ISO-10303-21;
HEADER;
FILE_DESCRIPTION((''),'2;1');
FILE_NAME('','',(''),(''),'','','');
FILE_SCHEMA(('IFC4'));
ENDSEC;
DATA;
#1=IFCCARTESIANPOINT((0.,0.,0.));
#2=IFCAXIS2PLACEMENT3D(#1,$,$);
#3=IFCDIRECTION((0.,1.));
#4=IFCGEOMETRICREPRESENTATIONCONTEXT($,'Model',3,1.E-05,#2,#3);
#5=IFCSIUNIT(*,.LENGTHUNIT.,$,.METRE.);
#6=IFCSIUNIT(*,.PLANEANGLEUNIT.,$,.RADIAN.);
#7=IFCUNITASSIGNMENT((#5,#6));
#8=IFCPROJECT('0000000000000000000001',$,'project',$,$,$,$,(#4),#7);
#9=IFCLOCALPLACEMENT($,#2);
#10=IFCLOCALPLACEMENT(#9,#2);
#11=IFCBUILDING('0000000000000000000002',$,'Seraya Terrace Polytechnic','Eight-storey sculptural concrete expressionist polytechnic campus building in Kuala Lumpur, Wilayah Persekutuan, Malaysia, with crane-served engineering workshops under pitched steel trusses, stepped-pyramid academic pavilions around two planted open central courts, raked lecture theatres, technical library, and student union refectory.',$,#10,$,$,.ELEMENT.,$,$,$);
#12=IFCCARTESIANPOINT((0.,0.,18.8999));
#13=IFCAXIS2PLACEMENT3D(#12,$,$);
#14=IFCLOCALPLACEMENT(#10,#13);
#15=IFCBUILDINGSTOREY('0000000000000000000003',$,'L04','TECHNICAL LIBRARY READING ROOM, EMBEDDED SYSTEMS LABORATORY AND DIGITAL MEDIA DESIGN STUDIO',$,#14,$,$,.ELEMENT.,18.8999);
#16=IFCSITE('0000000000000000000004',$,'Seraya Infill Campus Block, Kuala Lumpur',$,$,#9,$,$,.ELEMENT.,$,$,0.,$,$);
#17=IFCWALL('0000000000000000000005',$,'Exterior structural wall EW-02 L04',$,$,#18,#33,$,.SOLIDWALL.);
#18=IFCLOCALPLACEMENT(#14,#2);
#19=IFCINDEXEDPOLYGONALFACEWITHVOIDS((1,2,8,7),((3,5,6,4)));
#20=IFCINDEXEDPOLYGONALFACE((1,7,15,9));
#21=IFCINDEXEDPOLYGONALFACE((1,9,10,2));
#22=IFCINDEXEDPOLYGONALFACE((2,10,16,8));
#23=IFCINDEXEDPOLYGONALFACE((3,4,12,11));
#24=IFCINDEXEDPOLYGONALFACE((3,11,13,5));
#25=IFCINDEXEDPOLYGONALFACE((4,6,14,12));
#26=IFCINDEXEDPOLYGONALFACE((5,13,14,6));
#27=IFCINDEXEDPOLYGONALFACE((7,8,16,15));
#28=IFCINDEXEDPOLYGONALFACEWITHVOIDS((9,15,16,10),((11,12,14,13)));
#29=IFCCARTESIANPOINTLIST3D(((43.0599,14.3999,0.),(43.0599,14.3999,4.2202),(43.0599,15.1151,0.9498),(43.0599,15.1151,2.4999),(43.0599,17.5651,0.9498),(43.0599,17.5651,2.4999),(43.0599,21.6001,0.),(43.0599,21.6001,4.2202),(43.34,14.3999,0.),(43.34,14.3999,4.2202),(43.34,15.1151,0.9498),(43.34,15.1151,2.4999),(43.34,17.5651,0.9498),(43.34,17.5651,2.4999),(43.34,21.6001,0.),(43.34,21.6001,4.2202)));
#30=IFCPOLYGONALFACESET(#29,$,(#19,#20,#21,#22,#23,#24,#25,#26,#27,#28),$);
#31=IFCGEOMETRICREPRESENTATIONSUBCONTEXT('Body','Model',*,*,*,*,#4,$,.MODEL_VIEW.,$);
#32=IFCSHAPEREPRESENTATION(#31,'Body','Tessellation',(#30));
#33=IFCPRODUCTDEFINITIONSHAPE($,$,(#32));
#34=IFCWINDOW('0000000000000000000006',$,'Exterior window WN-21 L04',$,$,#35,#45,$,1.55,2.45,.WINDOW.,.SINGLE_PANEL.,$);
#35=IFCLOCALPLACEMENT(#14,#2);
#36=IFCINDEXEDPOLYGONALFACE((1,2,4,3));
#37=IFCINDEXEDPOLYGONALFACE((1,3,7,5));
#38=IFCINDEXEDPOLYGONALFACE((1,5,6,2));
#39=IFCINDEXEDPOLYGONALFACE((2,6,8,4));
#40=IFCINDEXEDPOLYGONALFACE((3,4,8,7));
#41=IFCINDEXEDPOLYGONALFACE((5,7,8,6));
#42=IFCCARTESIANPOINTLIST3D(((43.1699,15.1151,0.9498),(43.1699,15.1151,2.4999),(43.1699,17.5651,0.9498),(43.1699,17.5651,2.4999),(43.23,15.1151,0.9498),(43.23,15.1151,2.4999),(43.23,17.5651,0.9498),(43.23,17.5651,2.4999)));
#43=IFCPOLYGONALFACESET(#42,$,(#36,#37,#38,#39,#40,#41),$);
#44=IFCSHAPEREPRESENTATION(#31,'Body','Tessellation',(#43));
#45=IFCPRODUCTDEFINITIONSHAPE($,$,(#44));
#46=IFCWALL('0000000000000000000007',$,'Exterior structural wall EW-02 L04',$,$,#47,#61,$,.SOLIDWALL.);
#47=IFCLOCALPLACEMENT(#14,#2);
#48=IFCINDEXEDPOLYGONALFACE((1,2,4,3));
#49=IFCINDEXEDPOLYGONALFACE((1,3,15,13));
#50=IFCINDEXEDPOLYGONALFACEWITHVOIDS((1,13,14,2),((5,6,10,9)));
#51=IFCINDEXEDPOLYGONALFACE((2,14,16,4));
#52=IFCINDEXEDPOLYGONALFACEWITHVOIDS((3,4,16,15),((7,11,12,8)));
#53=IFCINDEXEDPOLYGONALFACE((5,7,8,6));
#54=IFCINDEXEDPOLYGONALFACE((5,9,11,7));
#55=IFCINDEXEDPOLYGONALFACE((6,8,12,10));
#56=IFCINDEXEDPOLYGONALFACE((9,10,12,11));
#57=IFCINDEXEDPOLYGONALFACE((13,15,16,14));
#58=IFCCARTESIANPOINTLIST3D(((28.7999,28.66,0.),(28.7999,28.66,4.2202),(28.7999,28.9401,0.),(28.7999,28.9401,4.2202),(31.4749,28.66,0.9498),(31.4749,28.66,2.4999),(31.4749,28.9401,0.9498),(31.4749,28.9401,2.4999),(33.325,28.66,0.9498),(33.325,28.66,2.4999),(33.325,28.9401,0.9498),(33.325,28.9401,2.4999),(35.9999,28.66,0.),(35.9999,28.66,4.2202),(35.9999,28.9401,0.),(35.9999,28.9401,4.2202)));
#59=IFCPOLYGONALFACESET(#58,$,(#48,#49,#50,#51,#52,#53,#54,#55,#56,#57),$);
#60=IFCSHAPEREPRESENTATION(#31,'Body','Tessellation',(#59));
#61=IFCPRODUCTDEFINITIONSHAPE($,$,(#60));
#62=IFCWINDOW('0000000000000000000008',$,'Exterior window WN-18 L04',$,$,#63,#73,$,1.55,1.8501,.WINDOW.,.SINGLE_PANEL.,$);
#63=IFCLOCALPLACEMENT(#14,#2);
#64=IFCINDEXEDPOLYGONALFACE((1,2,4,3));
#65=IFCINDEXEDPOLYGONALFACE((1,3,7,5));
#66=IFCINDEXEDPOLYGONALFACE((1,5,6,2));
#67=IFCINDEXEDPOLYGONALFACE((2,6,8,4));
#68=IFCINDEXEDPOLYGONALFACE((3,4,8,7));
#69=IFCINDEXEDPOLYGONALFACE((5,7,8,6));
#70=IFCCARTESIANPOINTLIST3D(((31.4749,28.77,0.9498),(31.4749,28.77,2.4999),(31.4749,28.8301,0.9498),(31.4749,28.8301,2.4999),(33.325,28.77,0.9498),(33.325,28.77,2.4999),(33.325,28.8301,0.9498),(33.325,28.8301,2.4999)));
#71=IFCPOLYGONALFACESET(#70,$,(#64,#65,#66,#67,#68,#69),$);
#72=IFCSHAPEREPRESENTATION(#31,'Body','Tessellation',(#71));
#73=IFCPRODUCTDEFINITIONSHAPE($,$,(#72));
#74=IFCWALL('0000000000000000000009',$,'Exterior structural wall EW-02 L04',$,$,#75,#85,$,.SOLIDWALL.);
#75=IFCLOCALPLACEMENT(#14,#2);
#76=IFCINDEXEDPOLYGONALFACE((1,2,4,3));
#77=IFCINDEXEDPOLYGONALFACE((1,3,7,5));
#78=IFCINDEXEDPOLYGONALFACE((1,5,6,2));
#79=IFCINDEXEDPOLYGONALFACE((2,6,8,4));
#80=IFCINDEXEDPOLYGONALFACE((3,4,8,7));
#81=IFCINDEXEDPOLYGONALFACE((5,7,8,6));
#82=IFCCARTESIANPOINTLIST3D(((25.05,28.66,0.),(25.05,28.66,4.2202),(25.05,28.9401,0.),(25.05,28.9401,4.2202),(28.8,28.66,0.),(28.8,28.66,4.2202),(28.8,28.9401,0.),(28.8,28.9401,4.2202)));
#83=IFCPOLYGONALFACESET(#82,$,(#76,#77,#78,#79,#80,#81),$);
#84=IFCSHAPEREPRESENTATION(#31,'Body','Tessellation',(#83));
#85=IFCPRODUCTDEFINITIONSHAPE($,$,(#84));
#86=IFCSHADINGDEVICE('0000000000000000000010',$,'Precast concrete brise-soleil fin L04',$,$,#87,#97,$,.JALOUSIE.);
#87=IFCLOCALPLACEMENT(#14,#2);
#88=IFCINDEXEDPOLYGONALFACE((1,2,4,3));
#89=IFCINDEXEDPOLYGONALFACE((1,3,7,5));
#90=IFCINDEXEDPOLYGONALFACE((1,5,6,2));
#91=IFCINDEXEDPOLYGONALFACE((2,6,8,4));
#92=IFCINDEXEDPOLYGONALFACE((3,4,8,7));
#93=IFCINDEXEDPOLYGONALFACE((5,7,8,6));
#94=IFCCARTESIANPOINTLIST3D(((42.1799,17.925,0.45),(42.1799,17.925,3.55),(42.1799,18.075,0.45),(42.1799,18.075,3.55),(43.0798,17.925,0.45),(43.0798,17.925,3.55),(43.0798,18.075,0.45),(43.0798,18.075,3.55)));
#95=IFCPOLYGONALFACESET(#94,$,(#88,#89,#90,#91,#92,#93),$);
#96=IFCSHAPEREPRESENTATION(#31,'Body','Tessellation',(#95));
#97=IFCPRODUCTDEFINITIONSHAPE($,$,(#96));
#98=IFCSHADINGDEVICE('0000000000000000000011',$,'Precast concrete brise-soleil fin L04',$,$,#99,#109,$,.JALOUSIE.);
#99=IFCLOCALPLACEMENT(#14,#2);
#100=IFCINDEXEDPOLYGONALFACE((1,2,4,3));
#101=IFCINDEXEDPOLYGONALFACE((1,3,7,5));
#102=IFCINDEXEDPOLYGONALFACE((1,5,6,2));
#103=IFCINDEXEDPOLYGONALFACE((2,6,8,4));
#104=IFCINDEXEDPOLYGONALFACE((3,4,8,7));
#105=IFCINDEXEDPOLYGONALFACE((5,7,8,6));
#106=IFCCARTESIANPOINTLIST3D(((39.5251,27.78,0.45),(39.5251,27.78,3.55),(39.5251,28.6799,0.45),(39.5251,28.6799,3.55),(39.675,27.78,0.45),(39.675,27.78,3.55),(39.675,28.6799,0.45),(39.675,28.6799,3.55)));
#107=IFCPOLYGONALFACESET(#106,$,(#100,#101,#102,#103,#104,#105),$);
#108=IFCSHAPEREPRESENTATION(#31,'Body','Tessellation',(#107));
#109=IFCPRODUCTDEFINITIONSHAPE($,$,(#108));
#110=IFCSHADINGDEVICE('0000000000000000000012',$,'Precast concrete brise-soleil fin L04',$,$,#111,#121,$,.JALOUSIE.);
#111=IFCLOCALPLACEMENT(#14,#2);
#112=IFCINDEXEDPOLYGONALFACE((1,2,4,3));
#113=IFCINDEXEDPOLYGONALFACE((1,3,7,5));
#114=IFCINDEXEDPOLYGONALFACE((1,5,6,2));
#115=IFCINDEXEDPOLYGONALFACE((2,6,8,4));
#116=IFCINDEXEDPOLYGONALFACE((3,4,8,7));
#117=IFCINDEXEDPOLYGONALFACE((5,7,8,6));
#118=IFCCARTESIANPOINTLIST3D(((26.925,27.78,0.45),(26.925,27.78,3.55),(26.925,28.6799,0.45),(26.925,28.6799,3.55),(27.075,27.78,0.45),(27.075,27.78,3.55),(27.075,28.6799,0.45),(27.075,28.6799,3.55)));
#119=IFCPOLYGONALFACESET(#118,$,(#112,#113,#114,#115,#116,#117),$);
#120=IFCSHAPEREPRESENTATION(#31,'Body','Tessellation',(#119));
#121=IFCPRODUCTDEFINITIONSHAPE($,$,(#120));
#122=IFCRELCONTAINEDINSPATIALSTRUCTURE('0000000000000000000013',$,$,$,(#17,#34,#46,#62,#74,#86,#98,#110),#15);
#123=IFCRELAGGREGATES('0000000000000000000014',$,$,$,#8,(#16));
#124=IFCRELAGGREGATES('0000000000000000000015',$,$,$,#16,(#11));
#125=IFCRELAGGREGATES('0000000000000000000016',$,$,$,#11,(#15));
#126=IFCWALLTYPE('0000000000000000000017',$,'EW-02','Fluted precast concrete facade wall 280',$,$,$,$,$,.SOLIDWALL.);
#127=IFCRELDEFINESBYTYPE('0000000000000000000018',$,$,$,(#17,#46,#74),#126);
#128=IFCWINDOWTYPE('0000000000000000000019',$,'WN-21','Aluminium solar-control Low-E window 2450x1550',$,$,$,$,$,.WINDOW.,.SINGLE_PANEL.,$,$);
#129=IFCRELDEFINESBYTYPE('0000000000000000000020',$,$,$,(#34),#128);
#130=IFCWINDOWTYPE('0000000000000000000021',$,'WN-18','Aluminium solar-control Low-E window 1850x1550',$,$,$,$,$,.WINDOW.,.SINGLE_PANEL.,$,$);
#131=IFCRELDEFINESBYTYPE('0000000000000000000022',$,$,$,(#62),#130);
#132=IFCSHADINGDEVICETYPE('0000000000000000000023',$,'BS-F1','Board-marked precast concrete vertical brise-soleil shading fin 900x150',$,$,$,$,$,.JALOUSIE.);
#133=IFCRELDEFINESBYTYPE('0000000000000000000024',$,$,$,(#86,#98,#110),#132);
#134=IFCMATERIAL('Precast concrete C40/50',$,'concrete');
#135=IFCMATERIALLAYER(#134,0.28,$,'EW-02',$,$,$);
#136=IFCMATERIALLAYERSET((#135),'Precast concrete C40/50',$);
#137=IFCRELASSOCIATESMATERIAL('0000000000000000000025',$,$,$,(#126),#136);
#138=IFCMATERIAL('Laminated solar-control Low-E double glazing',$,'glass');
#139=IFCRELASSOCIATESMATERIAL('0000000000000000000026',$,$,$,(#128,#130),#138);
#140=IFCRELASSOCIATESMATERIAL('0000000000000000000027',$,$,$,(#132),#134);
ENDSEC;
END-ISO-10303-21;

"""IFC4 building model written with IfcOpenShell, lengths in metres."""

from ifc_helpers import new_model, si_unit, direction, frame, frame_2d, origin, origin_2d, place, context, subcontext, project, spatial, rectangle, extrude, material, layer, layer_set, type_object, element, fill, save


model = new_model("IFC4")

# Units and contexts
model_context = context("Model", 3, precision=1e-05, world=origin(), true_north=direction((0.0, 1.0)))
body_context = subcontext(model_context, "Body", "Model", "MODEL_VIEW")
ifc_project = project(units=[si_unit("LENGTHUNIT", "METRE"), si_unit("PLANEANGLEUNIT", "RADIAN")], contexts=[model_context])

# Site, building, storey
site_placement = place(None, origin())
site = spatial("IfcSite", under=ifc_project, at=site_placement, Name="Seraya Infill Campus Block, Kuala Lumpur", CompositionType="ELEMENT", RefElevation=0.0)
building_placement = place(site_placement, origin())
building = spatial("IfcBuilding", under=site, at=building_placement, Name="Seraya Terrace Polytechnic", Description="Eight-storey sculptural concrete expressionist polytechnic campus building in Kuala Lumpur, Wilayah Persekutuan, Malaysia, with crane-served engineering workshops under pitched steel trusses, stepped-pyramid academic pavilions around two planted open central courts, raked lecture theatres, technical library, and student union refectory.", CompositionType="ELEMENT")
storey_placement = place(building_placement, frame((0.0, 0.0, 18.8999)))
storey = spatial("IfcBuildingStorey", under=building, at=storey_placement, Name="L04", Description="TECHNICAL LIBRARY READING ROOM, EMBEDDED SYSTEMS LABORATORY AND DIGITAL MEDIA DESIGN STUDIO", CompositionType="ELEMENT", Elevation=18.8999)

# Walls, openings, windows
ifc_material_1 = material(Name="Precast concrete C40/50", Category="concrete")
ifc_layer = layer(ifc_material_1, 0.28, Name="EW-02")
ifc_layer_set = layer_set([ifc_layer], Name="Precast concrete C40/50")
wall_type = type_object("IfcWallType", Name="EW-02", Description="Fluted precast concrete facade wall 280", PredefinedType="SOLIDWALL", material=ifc_layer_set)
wall_1_placement = place(storey_placement, frame((43.2, 14.3999, 0.0), z_axis=(0.0, 0.0, 1.0), x_axis=(0.0, 1.0, 0.0)))
wall_1 = element("IfcWall", 1, at=wall_1_placement, inside=storey, type_object=wall_type, Name="Exterior structural wall EW-02 L04", PredefinedType="SOLIDWALL", context=body_context, shape_type="SweptSolid", body=[
    extrude(rectangle(XDim=7.2002, YDim=0.28, at=frame_2d((3.6001, 0.0))), origin(), (0.0, 0.0, 1.0), 4.2202),
])
opening_1_placement = place(wall_1_placement, frame((0.7151, 0.0, 0.95)))
opening_1 = element("IfcOpeningElement", 2, at=opening_1_placement, cuts=wall_1, PredefinedType="OPENING", context=body_context, shape_type="SweptSolid", body=[
    extrude(rectangle(XDim=2.45, YDim=1.55, at=frame_2d((1.2251, 0.7749))), frame((0.0, 0.1519, 0.0), z_axis=(0.0, -1.0, 0.0), x_axis=(1.0, 0.0, 0.0)), (0.0, 0.0, 1.0), 0.304),
])
ifc_material_2 = material(Name="Laminated solar-control Low-E double glazing", Category="glass")
window_type_1 = type_object("IfcWindowType", Name="WN-21", Description="Aluminium solar-control Low-E window 2450x1550", PartitioningType="SINGLE_PANEL", PredefinedType="WINDOW", material=ifc_material_2)
window_1_placement = place(opening_1_placement, origin())
window_1 = element("IfcWindow", 3, at=window_1_placement, inside=storey, type_object=window_type_1, Name="Exterior window WN-21 L04", OverallHeight=1.55, OverallWidth=2.45, PartitioningType="SINGLE_PANEL", PredefinedType="WINDOW", context=body_context, shape_type="SweptSolid", body=[
    extrude(rectangle(XDim=2.45, YDim=1.55, at=frame_2d((1.2251, 0.7749))), frame((0.0, 0.03, 0.0), z_axis=(0.0, -1.0, 0.0), x_axis=(1.0, 0.0, 0.0)), (0.0, 0.0, 1.0), 0.0601),
])
fill(opening_1, window_1)
wall_2_placement = place(storey_placement, frame((36.0, 28.8, 0.0), z_axis=(0.0, 0.0, 1.0), x_axis=(-1.0, 0.0, 0.0)))
wall_2 = element("IfcWall", 4, at=wall_2_placement, inside=storey, type_object=wall_type, Name="Exterior structural wall EW-02 L04", PredefinedType="SOLIDWALL", context=body_context, shape_type="SweptSolid", body=[
    extrude(rectangle(XDim=7.2, YDim=0.28, at=frame_2d((3.6001, 0.0))), origin(), (0.0, 0.0, 1.0), 4.2202),
])
opening_2_placement = place(wall_2_placement, frame((2.675, 0.0, 0.95)))
opening_2 = element("IfcOpeningElement", 5, at=opening_2_placement, cuts=wall_2, PredefinedType="OPENING", context=body_context, shape_type="SweptSolid", body=[
    extrude(rectangle(XDim=1.8501, YDim=1.55, at=frame_2d((0.925, 0.7749))), frame((0.0, 0.1519, 0.0), z_axis=(0.0, -1.0, 0.0), x_axis=(1.0, 0.0, 0.0)), (0.0, 0.0, 1.0), 0.304),
])
window_type_2 = type_object("IfcWindowType", Name="WN-18", Description="Aluminium solar-control Low-E window 1850x1550", PartitioningType="SINGLE_PANEL", PredefinedType="WINDOW", material=ifc_material_2)
window_2_placement = place(opening_2_placement, origin())
window_2 = element("IfcWindow", 6, at=window_2_placement, inside=storey, type_object=window_type_2, Name="Exterior window WN-18 L04", OverallHeight=1.55, OverallWidth=1.8501, PartitioningType="SINGLE_PANEL", PredefinedType="WINDOW", context=body_context, shape_type="SweptSolid", body=[
    extrude(rectangle(XDim=1.8501, YDim=1.55, at=frame_2d((0.925, 0.7749))), frame((0.0, 0.03, 0.0), z_axis=(0.0, -1.0, 0.0), x_axis=(1.0, 0.0, 0.0)), (0.0, 0.0, 1.0), 0.0601),
])
fill(opening_2, window_2)

# Wall
wall_3_placement = place(storey_placement, frame((28.8, 28.8, 0.0), z_axis=(0.0, 0.0, 1.0), x_axis=(-1.0, 0.0, 0.0)))
element("IfcWall", 7, at=wall_3_placement, inside=storey, type_object=wall_type, Name="Exterior structural wall EW-02 L04", PredefinedType="SOLIDWALL", context=body_context, shape_type="SweptSolid", body=[
    extrude(rectangle(XDim=3.75, YDim=0.28, at=frame_2d((1.875, 0.0))), origin(), (0.0, 0.0, 1.0), 4.2202),
])

# Shading devices
shading_device_type = type_object("IfcShadingDeviceType", Name="BS-F1", Description="Board-marked precast concrete vertical brise-soleil shading fin 900x150", PredefinedType="JALOUSIE", material=ifc_material_1)
for number, where, z_axis, x_axis, name in (
    (8, (42.6299, 18.0, 0.45), (0.0, 0.0, 1.0), (-1.0, 0.0, 0.0), "Precast concrete brise-soleil fin L04"),
    (9, (39.6001, 28.23, 0.45), (0.0, 0.0, 1.0), (0.0, -1.0, 0.0), "Precast concrete brise-soleil fin L04"),
    (10, (27.0, 28.23, 0.45), (0.0, 0.0, 1.0), (0.0, -1.0, 0.0), "Precast concrete brise-soleil fin L04"),
):
    element("IfcShadingDevice", number, at=place(storey_placement, frame(where, z_axis=z_axis, x_axis=x_axis)), inside=storey, type_object=shading_device_type, Name=name, PredefinedType="JALOUSIE", context=body_context, shape_type="SweptSolid", body=[
        extrude(rectangle(XDim=0.8999, YDim=0.1499, at=origin_2d()), origin(), (0.0, 0.0, 1.0), 3.1001),
    ])

save(model, "model.ifc")
